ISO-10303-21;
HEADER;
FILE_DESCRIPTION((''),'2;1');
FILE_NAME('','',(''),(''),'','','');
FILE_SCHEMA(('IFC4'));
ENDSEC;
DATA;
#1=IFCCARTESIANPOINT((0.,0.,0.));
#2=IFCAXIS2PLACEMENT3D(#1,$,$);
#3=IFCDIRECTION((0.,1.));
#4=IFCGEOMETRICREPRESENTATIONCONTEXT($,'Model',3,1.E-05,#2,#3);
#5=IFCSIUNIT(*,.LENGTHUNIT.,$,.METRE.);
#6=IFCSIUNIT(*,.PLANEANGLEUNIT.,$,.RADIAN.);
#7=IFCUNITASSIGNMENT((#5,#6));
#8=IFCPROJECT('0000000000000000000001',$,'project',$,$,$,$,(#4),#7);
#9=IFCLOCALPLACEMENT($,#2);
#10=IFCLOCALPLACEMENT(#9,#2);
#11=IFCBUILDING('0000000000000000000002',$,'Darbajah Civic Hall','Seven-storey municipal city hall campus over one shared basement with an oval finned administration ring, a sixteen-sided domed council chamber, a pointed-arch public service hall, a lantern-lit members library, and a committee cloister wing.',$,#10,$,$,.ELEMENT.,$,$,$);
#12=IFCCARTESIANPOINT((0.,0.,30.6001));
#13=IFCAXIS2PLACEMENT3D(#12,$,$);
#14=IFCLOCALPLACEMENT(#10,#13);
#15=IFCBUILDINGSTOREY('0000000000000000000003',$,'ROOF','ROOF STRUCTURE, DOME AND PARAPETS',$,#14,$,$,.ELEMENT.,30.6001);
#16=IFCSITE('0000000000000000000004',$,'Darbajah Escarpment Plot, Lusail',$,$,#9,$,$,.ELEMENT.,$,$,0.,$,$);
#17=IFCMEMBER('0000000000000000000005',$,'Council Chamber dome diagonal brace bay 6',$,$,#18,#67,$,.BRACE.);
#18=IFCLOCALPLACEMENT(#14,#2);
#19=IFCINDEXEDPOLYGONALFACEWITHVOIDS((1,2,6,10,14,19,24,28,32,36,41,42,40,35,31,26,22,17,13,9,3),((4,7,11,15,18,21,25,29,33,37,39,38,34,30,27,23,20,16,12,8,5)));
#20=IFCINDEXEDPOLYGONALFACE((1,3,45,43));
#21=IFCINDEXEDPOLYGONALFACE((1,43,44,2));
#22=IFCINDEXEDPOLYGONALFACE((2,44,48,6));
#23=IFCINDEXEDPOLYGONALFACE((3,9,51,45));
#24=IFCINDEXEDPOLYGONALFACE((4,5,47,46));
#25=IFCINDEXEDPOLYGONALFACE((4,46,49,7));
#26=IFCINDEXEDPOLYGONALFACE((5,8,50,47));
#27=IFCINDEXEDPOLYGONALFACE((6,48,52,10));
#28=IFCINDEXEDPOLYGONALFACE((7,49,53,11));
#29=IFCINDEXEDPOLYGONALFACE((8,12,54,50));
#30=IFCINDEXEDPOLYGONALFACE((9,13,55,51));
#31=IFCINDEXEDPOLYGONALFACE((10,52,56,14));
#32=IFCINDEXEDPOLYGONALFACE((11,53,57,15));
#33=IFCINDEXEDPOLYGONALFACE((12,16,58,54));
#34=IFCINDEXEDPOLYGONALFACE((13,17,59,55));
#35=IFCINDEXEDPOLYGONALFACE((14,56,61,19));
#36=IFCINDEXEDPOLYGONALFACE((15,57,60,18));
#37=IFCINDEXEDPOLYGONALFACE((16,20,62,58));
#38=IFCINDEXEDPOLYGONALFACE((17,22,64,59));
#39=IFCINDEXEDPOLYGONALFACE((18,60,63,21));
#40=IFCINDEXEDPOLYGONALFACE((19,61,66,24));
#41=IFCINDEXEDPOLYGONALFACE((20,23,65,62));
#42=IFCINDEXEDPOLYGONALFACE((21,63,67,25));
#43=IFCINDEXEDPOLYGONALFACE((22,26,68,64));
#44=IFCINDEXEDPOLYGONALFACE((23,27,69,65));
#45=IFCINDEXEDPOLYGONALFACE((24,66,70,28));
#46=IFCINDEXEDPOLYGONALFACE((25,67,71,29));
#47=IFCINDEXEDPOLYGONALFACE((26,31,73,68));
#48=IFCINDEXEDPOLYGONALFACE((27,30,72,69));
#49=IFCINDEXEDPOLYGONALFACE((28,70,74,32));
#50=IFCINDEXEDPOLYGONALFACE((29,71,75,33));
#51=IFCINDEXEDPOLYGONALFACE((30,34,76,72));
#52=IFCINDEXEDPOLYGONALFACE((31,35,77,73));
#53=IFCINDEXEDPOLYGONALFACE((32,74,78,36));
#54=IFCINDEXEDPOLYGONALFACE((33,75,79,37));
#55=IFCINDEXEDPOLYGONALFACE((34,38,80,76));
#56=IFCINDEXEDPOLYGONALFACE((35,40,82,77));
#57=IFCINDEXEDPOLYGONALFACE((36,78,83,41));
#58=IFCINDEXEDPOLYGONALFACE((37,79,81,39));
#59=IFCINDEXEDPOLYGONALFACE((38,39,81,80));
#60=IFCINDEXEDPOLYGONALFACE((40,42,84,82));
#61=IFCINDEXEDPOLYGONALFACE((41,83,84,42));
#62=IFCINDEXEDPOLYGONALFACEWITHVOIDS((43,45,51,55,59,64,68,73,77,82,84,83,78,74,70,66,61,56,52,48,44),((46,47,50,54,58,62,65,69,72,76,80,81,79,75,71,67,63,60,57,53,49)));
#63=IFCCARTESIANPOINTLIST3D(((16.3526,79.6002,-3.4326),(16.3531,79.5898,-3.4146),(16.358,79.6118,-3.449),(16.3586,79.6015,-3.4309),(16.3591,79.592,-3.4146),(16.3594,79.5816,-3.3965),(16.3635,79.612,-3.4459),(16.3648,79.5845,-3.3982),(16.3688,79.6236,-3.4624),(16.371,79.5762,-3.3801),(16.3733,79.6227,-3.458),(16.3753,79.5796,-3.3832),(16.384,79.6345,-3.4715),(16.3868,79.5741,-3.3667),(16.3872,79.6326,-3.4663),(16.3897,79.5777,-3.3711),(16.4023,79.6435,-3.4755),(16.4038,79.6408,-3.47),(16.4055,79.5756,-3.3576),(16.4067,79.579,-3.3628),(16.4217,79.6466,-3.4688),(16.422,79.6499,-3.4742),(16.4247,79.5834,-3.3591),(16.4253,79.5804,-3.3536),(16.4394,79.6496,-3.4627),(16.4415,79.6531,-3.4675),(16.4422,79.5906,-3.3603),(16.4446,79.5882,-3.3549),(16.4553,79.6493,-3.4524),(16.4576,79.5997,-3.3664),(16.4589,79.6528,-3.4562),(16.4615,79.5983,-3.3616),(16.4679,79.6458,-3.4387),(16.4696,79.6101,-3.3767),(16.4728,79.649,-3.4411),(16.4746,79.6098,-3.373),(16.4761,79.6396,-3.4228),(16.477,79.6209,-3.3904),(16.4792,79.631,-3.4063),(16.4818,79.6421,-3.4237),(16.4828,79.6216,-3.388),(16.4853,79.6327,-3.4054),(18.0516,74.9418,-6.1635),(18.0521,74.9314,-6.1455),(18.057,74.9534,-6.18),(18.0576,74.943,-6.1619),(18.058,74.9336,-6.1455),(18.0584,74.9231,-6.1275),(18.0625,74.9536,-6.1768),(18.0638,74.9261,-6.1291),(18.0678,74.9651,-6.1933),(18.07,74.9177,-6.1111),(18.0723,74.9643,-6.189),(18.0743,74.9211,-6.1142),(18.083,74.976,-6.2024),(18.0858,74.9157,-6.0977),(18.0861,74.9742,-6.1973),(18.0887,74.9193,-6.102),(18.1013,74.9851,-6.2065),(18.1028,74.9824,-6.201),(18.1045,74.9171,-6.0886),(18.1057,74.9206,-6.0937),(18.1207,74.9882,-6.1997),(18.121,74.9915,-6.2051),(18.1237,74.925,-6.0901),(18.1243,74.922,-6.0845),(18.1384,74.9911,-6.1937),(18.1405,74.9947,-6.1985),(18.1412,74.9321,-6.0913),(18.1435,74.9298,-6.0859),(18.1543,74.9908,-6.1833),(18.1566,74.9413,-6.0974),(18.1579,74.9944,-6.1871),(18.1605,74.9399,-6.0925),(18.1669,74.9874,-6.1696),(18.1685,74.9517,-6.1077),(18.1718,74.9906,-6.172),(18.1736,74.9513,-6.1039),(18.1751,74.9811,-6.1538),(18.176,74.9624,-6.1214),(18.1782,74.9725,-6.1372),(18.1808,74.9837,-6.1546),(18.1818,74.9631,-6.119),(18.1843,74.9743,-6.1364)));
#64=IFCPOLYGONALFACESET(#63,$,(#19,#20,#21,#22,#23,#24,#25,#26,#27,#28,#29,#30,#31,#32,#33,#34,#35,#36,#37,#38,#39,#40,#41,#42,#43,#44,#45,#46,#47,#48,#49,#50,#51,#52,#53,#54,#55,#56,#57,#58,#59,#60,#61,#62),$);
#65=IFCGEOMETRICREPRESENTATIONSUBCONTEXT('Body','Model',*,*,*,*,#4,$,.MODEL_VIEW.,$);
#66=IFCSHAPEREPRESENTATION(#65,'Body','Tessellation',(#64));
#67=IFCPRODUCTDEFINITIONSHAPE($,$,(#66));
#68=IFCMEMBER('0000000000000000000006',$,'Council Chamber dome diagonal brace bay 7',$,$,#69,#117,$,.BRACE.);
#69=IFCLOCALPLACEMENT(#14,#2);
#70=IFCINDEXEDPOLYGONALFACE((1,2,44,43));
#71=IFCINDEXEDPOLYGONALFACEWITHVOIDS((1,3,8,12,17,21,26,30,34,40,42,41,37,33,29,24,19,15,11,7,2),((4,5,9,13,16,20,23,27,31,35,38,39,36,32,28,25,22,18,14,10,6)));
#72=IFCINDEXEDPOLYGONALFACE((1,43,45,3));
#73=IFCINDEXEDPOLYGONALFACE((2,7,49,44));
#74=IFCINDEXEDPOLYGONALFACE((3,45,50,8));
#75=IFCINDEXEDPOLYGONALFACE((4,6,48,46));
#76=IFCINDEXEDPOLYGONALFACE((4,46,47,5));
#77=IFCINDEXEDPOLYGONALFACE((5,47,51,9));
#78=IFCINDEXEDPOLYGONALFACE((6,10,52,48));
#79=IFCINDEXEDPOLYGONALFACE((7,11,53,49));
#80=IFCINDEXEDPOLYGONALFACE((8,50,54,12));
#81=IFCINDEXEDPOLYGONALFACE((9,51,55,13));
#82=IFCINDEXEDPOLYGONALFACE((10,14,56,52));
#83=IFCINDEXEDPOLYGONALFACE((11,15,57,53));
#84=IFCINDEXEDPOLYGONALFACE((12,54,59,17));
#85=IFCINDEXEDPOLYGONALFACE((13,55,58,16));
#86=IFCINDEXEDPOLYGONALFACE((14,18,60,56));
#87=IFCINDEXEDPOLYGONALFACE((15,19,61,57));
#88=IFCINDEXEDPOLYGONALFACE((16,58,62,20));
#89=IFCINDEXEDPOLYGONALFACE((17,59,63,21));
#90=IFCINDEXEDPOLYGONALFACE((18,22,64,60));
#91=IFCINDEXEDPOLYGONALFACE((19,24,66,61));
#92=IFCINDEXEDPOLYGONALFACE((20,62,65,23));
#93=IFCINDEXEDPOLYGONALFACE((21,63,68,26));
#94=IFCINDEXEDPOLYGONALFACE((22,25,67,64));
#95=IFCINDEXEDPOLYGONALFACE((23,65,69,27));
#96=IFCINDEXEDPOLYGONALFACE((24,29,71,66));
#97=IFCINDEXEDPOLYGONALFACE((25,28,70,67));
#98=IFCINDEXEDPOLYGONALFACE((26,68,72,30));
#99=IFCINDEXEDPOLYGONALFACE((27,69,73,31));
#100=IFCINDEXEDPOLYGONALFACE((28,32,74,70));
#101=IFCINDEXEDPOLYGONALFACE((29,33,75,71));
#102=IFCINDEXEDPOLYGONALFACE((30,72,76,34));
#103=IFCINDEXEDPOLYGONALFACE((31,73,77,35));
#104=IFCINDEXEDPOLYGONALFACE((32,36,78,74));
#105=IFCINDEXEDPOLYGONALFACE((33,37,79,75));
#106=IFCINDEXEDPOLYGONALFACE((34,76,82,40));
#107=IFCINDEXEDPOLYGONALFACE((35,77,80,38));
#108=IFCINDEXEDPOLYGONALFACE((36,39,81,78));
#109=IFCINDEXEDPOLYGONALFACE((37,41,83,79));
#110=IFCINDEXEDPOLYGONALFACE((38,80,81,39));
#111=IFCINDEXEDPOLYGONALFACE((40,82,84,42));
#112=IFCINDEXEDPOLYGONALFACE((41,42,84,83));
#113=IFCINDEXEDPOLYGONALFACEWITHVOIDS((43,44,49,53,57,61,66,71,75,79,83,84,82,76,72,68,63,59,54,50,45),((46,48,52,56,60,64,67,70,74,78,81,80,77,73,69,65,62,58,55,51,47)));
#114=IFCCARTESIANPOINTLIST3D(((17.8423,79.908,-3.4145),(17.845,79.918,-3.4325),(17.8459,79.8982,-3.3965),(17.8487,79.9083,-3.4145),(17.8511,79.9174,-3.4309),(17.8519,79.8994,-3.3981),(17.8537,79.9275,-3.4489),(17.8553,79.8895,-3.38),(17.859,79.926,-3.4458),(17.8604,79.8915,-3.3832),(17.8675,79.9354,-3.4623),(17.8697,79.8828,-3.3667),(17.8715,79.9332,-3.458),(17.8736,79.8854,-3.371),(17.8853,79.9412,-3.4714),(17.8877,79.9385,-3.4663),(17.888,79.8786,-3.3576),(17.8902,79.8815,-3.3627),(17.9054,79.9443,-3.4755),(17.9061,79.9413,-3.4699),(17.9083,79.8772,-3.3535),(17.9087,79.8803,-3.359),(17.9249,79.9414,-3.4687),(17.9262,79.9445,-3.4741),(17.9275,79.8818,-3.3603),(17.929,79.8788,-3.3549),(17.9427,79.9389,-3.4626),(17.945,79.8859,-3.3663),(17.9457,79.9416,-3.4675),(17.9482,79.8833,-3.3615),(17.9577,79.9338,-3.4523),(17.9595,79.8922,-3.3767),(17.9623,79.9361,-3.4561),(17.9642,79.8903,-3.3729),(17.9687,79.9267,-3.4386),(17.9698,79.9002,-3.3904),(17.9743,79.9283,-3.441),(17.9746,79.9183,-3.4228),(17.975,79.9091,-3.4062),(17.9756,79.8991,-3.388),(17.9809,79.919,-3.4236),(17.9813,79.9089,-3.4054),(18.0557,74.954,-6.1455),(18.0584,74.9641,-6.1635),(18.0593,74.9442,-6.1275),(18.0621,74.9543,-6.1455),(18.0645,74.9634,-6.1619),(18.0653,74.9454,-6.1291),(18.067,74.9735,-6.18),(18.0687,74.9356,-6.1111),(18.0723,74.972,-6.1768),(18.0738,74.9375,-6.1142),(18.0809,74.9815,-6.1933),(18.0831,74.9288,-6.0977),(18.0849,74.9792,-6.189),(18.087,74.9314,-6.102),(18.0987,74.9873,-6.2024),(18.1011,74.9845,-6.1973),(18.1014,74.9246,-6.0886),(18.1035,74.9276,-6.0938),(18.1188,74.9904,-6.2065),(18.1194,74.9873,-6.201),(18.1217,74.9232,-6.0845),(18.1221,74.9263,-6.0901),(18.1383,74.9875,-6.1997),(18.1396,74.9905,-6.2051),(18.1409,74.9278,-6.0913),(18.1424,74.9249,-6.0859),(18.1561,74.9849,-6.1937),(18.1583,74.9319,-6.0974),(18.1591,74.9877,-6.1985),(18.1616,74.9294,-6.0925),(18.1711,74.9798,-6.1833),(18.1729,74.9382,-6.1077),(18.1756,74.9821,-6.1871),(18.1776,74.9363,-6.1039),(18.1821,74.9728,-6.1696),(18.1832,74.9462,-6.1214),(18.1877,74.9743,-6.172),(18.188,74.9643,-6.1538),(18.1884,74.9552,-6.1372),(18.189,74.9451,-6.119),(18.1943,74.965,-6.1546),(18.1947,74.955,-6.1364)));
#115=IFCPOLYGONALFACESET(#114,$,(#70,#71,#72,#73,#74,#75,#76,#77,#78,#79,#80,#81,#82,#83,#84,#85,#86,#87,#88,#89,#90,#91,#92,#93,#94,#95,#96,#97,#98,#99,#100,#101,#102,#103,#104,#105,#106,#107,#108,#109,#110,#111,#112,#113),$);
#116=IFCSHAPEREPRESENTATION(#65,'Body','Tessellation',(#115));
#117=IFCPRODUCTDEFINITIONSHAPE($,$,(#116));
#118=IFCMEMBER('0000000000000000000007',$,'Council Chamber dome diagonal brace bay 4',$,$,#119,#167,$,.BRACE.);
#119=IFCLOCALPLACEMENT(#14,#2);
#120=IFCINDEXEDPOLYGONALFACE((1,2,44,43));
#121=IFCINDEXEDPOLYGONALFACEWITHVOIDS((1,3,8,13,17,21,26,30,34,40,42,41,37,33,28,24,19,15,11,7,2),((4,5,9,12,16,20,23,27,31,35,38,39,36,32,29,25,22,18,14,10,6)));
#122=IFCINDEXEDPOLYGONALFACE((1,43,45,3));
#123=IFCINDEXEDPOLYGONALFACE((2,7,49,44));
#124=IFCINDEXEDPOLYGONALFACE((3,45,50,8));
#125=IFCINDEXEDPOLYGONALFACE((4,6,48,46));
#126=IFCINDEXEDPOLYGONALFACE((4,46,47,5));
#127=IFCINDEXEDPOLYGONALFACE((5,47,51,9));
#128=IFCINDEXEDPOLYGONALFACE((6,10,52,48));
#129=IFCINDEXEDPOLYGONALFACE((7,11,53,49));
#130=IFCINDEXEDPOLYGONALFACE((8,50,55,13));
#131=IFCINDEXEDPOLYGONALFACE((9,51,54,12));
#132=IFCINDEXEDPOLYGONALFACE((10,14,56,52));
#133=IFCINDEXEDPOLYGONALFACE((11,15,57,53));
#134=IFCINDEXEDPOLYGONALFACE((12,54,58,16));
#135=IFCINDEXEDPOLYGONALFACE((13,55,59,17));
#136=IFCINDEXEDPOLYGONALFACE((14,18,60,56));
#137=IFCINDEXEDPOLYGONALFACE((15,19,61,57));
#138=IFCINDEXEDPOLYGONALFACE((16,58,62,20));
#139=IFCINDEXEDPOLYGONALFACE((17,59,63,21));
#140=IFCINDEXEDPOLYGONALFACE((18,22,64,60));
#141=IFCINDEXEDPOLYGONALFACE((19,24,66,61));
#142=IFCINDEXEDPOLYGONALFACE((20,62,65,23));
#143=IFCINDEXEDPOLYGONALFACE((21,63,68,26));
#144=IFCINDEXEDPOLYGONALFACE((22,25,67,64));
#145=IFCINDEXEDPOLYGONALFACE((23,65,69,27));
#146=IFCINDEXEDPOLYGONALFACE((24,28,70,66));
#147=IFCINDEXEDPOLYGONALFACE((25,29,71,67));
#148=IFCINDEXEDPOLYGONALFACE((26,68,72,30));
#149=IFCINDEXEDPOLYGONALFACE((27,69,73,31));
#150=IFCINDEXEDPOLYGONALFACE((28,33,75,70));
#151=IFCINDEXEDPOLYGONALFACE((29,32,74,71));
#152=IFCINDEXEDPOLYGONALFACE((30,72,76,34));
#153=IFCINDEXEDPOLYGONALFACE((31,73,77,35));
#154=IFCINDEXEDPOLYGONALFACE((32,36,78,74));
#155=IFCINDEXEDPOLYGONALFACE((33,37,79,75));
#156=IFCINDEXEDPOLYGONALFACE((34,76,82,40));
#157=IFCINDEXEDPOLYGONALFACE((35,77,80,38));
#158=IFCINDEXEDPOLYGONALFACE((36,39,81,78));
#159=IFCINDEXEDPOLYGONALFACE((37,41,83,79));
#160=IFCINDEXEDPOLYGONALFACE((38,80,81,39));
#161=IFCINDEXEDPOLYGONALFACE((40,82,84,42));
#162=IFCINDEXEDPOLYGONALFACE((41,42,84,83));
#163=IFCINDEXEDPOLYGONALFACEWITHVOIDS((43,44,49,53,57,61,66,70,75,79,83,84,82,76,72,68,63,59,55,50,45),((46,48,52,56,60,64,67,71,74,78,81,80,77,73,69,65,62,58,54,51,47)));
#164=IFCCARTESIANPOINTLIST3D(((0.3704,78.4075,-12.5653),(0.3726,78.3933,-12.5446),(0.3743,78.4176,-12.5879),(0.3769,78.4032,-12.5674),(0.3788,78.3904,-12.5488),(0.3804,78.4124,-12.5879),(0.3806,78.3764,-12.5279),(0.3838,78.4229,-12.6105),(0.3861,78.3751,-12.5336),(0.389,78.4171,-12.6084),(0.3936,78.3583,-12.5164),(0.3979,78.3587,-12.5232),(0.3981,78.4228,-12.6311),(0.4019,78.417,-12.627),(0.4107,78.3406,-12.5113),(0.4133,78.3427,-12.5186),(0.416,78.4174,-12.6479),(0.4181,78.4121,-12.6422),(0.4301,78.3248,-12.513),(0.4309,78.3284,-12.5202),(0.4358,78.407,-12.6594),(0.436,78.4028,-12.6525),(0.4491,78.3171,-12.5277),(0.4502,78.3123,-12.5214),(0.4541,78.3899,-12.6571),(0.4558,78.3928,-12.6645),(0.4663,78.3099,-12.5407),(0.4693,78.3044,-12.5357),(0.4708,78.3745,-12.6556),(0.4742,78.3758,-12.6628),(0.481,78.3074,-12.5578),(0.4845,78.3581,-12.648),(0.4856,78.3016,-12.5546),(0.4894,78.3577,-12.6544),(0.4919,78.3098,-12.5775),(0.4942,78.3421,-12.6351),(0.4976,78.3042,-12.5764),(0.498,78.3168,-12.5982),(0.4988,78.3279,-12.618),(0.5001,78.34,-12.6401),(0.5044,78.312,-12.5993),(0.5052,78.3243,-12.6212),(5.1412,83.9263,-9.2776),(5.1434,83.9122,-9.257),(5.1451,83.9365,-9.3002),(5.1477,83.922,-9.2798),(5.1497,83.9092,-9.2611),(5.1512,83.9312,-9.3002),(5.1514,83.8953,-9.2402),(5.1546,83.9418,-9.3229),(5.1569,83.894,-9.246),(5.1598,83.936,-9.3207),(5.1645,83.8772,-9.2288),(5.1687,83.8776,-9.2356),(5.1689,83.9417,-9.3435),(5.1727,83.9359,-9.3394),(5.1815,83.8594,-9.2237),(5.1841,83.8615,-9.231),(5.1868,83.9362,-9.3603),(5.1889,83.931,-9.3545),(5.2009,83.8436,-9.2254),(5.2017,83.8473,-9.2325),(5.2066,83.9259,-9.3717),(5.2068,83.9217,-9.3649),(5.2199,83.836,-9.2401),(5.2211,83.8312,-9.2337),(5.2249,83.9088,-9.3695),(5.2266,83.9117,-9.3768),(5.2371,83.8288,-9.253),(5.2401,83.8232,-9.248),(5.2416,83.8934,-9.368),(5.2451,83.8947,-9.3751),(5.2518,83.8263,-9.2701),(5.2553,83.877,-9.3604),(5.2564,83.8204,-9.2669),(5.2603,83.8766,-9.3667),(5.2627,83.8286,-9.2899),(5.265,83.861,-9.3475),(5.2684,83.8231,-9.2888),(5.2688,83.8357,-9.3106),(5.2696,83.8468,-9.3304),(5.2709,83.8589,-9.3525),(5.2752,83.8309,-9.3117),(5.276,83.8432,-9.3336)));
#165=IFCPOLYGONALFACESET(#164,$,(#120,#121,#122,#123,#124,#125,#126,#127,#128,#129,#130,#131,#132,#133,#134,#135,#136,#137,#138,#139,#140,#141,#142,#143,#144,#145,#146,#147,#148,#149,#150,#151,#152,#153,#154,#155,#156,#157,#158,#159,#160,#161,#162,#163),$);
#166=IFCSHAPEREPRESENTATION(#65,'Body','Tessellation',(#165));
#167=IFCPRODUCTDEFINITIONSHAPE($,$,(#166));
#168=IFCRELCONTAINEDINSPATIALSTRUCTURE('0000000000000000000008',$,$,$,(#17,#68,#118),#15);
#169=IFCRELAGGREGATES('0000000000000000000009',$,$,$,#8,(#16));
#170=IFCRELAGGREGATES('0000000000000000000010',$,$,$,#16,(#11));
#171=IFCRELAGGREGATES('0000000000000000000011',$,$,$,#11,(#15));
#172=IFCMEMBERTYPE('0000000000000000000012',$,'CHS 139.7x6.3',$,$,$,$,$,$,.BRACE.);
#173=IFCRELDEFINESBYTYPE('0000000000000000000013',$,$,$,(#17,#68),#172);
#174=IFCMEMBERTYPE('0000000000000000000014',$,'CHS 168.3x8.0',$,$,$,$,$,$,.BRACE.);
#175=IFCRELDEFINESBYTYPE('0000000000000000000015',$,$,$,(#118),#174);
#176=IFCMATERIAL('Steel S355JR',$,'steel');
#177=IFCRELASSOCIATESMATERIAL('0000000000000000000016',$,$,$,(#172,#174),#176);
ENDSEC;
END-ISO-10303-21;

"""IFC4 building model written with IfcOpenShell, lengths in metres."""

from ifc_helpers import new_model, si_unit, direction, frame, origin, origin_2d, place, context, subcontext, project, spatial, hollow_circle, extrude, material, material_profile, profile_set, type_object, element, save


model = new_model("IFC4")

# Units and contexts
model_context = context("Model", 3, precision=1e-05, world=origin(), true_north=direction((0.0, 1.0)))
body_context = subcontext(model_context, "Body", "Model", "MODEL_VIEW")
ifc_project = project(units=[si_unit("LENGTHUNIT", "METRE"), si_unit("PLANEANGLEUNIT", "RADIAN")], contexts=[model_context])

# Site, building, storey
site_placement = place(None, origin())
site = spatial("IfcSite", under=ifc_project, at=site_placement, Name="Darbajah Escarpment Plot, Lusail", CompositionType="ELEMENT", RefElevation=0.0)
building_placement = place(site_placement, origin())
building = spatial("IfcBuilding", under=site, at=building_placement, Name="Darbajah Civic Hall", Description="Seven-storey municipal city hall campus over one shared basement with an oval finned administration ring, a sixteen-sided domed council chamber, a pointed-arch public service hall, a lantern-lit members library, and a committee cloister wing.", CompositionType="ELEMENT")
storey_placement = place(building_placement, frame((0.0, 0.0, 30.6001)))
storey = spatial("IfcBuildingStorey", under=building, at=storey_placement, Name="ROOF", Description="ROOF STRUCTURE, DOME AND PARAPETS", CompositionType="ELEMENT", Elevation=30.6001)

# Members
ifc_material = material(Name="Steel S355JR", Category="steel")
ifc_material_profile_1 = material_profile(ifc_material, hollow_circle(Radius=0.0698, WallThickness=0.0063, at=origin_2d()), Name="CHS 139.7x6.3")
ifc_profile_set_1 = profile_set([ifc_material_profile_1], Name="Steel S355JR")
member_type_1 = type_object("IfcMemberType", Name="CHS 139.7x6.3", PredefinedType="BRACE", material=ifc_profile_set_1)
for number, where, z_axis, x_axis, name in (
    (1, (18.1177, 74.9553, -6.1455), (-0.300125, 0.822917, 0.482425), (-0.93947, -0.342632, 0.0), "Council Chamber dome diagonal brace bay 6"),
    (2, (18.1255, 74.957, -6.1455), (-0.037694, 0.87512, 0.482435), (-0.999074, -0.043033, 0.0), "Council Chamber dome diagonal brace bay 7"),
):
    element("IfcMember", number, at=place(storey_placement, frame(where, z_axis=z_axis, x_axis=x_axis)), inside=storey, type_object=member_type_1, Name=name, PredefinedType="BRACE", context=body_context, shape_type="SweptSolid", body=[
        extrude(hollow_circle(Radius=0.0698, WallThickness=0.0063, at=origin_2d()), origin(), (0.0, 0.0, 1.0), 5.6609),
    ])
ifc_material_profile_2 = material_profile(ifc_material, hollow_circle(Radius=0.0842, WallThickness=0.0081, at=origin_2d()), Name="CHS 168.3x8.0")
ifc_profile_set_2 = profile_set([ifc_material_profile_2], Name="Steel S355JR")
member_type_2 = type_object("IfcMemberType", Name="CHS 168.3x8.0", PredefinedType="BRACE", material=ifc_profile_set_2)
member_1_placement = place(storey_placement, frame((0.438, 78.3625, -12.5879), z_axis=(0.596225, 0.689712, 0.410868), x_axis=(-0.756517, 0.653974, 0.0)))
element("IfcMember", 3, at=member_1_placement, inside=storey, type_object=member_type_2, Name="Council Chamber dome diagonal brace bay 4", PredefinedType="BRACE", context=body_context, shape_type="SweptSolid", body=[
    extrude(hollow_circle(Radius=0.0842, WallThickness=0.0081, at=origin_2d()), origin(), (0.0, 0.0, 1.0), 8.0017),
])

save(model, "model.ifc")
